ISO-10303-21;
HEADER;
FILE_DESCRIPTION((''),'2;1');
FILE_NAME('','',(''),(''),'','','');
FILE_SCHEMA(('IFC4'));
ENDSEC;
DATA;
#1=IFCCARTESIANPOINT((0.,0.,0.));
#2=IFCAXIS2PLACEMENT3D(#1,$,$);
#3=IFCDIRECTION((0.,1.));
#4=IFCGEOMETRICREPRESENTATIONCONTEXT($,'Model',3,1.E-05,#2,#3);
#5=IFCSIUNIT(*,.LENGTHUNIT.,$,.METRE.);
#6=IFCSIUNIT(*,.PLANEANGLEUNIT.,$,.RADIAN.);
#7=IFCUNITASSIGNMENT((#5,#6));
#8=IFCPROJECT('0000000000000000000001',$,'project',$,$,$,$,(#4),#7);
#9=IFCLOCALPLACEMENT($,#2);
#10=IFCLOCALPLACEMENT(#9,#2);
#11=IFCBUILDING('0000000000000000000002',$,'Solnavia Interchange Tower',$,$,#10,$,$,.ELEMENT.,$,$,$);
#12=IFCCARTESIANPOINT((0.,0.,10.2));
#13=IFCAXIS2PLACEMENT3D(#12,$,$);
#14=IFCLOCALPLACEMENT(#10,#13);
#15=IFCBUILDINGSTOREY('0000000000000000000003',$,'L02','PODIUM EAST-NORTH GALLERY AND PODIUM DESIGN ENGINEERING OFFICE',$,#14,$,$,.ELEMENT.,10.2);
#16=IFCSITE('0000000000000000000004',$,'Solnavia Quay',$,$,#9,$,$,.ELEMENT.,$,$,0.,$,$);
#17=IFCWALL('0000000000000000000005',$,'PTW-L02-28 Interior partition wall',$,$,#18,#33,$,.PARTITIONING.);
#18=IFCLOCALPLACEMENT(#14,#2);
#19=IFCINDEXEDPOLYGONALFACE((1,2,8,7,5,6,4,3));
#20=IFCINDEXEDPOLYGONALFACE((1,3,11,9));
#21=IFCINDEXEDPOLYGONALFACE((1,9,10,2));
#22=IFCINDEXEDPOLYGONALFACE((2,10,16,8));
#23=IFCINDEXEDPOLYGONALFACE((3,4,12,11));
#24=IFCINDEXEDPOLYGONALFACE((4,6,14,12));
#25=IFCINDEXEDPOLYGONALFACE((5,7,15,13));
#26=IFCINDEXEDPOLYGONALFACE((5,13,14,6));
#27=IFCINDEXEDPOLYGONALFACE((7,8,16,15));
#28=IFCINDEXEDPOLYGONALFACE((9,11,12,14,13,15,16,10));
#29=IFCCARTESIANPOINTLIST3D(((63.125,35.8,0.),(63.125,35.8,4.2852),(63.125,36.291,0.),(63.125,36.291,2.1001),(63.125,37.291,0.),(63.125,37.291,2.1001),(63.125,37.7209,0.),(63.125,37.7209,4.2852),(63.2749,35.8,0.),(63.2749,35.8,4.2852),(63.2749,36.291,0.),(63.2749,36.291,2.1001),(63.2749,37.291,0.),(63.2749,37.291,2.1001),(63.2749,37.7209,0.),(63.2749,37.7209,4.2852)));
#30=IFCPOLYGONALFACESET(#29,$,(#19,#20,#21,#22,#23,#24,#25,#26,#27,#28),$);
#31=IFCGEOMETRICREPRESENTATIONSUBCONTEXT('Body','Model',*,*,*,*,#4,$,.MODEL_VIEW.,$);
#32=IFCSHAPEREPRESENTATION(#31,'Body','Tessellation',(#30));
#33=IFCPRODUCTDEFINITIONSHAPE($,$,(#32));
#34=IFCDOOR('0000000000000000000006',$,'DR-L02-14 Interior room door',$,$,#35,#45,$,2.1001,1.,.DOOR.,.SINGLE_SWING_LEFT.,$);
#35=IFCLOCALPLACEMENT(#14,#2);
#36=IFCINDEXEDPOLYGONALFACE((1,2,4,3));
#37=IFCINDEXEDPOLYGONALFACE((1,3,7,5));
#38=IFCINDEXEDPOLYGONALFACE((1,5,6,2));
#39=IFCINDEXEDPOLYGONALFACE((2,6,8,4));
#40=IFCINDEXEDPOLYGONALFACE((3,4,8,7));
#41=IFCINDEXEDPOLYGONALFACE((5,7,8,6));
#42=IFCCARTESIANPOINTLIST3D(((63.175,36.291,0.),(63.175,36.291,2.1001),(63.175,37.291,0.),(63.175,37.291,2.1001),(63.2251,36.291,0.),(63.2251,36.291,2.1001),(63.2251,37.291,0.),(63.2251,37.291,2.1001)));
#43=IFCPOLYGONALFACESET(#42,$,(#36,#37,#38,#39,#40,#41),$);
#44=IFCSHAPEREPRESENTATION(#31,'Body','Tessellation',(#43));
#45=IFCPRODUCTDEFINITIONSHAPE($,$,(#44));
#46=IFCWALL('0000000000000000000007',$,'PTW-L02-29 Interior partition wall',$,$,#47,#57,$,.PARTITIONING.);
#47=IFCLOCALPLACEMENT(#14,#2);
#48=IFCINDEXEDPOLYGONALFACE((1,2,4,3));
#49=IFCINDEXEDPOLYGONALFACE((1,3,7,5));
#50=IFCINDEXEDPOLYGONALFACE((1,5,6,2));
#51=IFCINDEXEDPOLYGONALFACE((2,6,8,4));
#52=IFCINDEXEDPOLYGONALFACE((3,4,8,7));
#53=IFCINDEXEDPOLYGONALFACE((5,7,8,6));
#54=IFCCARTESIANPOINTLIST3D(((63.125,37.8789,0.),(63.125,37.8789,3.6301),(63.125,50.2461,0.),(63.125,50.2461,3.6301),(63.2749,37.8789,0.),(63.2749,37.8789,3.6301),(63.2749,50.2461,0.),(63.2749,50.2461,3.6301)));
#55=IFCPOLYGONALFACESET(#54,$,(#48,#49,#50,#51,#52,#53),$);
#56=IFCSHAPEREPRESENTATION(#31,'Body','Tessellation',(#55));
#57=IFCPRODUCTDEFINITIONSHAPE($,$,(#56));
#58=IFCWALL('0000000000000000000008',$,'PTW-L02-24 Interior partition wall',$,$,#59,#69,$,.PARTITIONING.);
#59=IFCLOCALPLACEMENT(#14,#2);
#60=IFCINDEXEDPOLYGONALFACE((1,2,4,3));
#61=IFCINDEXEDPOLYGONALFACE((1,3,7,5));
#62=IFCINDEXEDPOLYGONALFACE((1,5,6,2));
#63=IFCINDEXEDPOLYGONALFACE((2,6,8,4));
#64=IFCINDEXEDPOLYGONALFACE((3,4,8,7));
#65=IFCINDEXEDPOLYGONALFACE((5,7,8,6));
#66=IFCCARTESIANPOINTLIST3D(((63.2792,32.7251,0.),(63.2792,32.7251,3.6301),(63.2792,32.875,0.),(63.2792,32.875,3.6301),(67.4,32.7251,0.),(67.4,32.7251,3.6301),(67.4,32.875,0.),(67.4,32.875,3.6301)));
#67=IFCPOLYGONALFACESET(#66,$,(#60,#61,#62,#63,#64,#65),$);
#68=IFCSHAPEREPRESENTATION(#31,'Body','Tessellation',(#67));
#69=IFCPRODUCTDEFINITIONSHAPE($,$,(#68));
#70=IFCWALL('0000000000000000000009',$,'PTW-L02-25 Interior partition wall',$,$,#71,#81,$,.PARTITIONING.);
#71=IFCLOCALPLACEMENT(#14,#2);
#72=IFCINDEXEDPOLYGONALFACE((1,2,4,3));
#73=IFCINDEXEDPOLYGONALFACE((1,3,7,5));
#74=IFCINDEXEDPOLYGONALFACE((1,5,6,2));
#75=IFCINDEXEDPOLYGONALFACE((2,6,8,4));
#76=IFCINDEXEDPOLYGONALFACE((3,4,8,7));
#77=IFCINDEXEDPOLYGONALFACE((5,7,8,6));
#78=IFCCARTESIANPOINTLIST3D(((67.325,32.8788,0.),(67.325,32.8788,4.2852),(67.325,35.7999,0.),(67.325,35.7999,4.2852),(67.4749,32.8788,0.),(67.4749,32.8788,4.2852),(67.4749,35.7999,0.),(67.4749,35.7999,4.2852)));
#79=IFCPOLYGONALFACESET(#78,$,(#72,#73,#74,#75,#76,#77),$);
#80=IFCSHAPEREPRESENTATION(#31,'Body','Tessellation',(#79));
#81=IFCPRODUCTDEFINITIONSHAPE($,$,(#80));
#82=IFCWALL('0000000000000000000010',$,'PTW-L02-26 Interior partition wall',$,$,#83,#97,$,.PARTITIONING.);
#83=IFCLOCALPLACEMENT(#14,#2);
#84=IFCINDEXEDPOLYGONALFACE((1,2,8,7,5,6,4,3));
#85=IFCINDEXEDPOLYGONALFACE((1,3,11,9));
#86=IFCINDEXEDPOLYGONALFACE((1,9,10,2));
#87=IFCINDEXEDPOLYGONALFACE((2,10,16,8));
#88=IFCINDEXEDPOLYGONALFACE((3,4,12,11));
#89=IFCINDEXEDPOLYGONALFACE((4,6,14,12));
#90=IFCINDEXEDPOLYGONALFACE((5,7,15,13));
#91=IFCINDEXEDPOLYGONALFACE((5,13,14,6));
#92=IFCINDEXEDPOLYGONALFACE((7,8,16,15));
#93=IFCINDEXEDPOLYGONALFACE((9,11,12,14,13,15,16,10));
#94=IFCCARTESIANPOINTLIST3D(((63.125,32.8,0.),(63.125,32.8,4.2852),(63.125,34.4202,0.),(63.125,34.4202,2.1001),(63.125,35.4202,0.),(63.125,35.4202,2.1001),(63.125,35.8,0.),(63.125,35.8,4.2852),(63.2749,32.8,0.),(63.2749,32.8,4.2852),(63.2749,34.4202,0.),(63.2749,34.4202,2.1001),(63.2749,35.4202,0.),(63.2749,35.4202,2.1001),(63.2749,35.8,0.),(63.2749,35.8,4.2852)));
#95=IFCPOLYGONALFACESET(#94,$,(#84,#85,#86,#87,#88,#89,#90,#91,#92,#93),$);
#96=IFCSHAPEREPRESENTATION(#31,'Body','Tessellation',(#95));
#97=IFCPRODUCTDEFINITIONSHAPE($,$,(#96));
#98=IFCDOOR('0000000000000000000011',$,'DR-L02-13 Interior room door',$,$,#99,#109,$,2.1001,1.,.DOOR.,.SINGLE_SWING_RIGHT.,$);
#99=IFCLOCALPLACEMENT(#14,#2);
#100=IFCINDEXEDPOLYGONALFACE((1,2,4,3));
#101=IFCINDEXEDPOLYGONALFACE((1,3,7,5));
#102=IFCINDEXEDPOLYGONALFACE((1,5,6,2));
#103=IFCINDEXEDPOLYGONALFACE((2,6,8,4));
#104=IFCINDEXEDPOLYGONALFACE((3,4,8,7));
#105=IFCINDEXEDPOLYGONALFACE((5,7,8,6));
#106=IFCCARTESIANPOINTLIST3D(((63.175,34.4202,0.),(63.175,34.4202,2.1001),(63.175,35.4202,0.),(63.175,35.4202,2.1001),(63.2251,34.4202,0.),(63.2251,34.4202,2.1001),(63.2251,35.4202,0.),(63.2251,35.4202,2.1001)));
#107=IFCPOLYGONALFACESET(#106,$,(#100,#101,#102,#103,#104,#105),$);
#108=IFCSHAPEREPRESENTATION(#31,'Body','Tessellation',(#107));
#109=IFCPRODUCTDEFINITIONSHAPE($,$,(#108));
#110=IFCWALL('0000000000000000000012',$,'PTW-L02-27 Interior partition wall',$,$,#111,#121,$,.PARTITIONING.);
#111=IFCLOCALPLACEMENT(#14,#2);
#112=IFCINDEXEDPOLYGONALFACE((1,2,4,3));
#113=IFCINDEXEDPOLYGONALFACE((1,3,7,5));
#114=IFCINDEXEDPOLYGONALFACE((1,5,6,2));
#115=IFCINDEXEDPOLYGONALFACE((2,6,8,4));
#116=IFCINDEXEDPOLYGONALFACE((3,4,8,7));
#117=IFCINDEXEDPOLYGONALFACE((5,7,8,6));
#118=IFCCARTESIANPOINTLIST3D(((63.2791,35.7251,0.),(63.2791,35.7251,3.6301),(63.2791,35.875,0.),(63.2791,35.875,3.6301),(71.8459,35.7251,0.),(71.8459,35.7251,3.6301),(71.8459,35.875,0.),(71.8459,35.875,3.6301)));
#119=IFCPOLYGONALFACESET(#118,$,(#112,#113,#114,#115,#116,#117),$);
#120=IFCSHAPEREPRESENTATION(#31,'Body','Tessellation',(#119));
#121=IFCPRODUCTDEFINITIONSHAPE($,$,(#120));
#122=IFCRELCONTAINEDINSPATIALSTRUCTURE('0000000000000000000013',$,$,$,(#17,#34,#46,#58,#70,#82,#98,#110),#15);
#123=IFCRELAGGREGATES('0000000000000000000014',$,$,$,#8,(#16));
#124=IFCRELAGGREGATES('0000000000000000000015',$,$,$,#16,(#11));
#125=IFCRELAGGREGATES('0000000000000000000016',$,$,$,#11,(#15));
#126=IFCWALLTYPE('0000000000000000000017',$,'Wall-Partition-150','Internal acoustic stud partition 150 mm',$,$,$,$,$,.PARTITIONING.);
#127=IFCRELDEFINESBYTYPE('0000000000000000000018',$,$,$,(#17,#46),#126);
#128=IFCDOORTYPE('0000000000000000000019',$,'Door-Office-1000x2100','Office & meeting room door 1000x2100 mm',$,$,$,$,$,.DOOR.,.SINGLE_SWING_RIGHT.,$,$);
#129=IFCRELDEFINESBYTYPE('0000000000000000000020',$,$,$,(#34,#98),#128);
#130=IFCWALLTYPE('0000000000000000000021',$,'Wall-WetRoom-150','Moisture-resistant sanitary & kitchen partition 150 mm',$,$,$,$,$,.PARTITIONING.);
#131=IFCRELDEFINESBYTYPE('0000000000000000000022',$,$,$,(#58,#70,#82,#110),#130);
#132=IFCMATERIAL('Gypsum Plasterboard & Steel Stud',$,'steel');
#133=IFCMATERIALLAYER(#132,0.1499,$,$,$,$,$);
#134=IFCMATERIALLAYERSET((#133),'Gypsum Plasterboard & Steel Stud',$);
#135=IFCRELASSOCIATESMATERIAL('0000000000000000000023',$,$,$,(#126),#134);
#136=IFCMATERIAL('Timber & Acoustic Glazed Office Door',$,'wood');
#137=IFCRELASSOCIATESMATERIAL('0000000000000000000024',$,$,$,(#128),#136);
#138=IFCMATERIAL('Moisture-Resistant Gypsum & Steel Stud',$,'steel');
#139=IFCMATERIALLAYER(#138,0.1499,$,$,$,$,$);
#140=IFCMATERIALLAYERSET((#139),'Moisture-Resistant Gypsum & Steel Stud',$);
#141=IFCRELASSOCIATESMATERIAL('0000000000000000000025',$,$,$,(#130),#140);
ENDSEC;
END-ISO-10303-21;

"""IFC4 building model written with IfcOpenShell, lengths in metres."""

from ifc_helpers import new_model, si_unit, direction, frame, frame_2d, origin, place, context, subcontext, project, spatial, rectangle, extrude, material, layer, layer_set, type_object, element, fill, save


model = new_model("IFC4")

# Units and contexts
model_context = context("Model", 3, precision=1e-05, world=origin(), true_north=direction((0.0, 1.0)))
body_context = subcontext(model_context, "Body", "Model", "MODEL_VIEW")
ifc_project = project(units=[si_unit("LENGTHUNIT", "METRE"), si_unit("PLANEANGLEUNIT", "RADIAN")], contexts=[model_context])

# Site, building, storey
site_placement = place(None, origin())
site = spatial("IfcSite", under=ifc_project, at=site_placement, Name="Solnavia Quay", CompositionType="ELEMENT", RefElevation=0.0)
building_placement = place(site_placement, origin())
building = spatial("IfcBuilding", under=site, at=building_placement, Name="Solnavia Interchange Tower", CompositionType="ELEMENT")
storey_placement = place(building_placement, frame((0.0, 0.0, 10.2)))
storey = spatial("IfcBuildingStorey", under=building, at=storey_placement, Name="L02", Description="PODIUM EAST-NORTH GALLERY AND PODIUM DESIGN ENGINEERING OFFICE", CompositionType="ELEMENT", Elevation=10.2)

# Wall, opening, door
ifc_material_1 = material(Name="Gypsum Plasterboard & Steel Stud", Category="steel")
ifc_layer_1 = layer(ifc_material_1, 0.1499)
ifc_layer_set_1 = layer_set([ifc_layer_1], Name="Gypsum Plasterboard & Steel Stud")
wall_type_1 = type_object("IfcWallType", Name="Wall-Partition-150", Description="Internal acoustic stud partition 150 mm", PredefinedType="PARTITIONING", material=ifc_layer_set_1)
wall_1_placement = place(storey_placement, frame((63.2, 35.8, 0.0), z_axis=(0.0, 0.0, 1.0), x_axis=(0.0, 1.0, 0.0)))
wall_1 = element("IfcWall", 1, at=wall_1_placement, inside=storey, type_object=wall_type_1, Name="PTW-L02-28 Interior partition wall", PredefinedType="PARTITIONING", context=body_context, shape_type="SweptSolid", body=[
    extrude(rectangle(XDim=1.9209, YDim=0.1499, at=frame_2d((0.9604, 0.0))), origin(), (0.0, 0.0, 1.0), 4.2852),
])
opening_1_placement = place(wall_1_placement, frame((0.491, 0.0, 0.0)))
opening_1 = element("IfcOpeningElement", 2, at=opening_1_placement, cuts=wall_1, PredefinedType="OPENING", context=body_context, shape_type="SweptSolid", body=[
    extrude(rectangle(XDim=1.0, YDim=2.1001, at=frame_2d((0.5, 1.05))), frame((0.0, 0.085, 0.0), z_axis=(0.0, -1.0, 0.0), x_axis=(1.0, 0.0, 0.0)), (0.0, 0.0, 1.0), 0.1699),
])
ifc_material_2 = material(Name="Timber & Acoustic Glazed Office Door", Category="wood")
door_type = type_object("IfcDoorType", Name="Door-Office-1000x2100", Description="Office & meeting room door 1000x2100 mm", OperationType="SINGLE_SWING_RIGHT", PredefinedType="DOOR", material=ifc_material_2)
door_1_placement = place(opening_1_placement, origin())
door_1 = element("IfcDoor", 3, at=door_1_placement, inside=storey, type_object=door_type, Name="DR-L02-14 Interior room door", OperationType="SINGLE_SWING_LEFT", OverallHeight=2.1001, OverallWidth=1.0, PredefinedType="DOOR", context=body_context, shape_type="SweptSolid", body=[
    extrude(rectangle(XDim=1.0, YDim=2.1001, at=frame_2d((0.5, 1.05))), frame((0.0, 0.0249, 0.0), z_axis=(0.0, -1.0, 0.0), x_axis=(1.0, 0.0, 0.0)), (0.0, 0.0, 1.0), 0.05),
])
fill(opening_1, door_1)

# Walls
wall_2_placement = place(storey_placement, frame((63.2, 37.8789, 0.0), z_axis=(0.0, 0.0, 1.0), x_axis=(0.0, 1.0, 0.0)))
element("IfcWall", 4, at=wall_2_placement, inside=storey, type_object=wall_type_1, Name="PTW-L02-29 Interior partition wall", PredefinedType="PARTITIONING", context=body_context, shape_type="SweptSolid", body=[
    extrude(rectangle(XDim=12.3672, YDim=0.1499, at=frame_2d((6.1836, 0.0))), origin(), (0.0, 0.0, 1.0), 3.6301),
])
ifc_material_3 = material(Name="Moisture-Resistant Gypsum & Steel Stud", Category="steel")
ifc_layer_2 = layer(ifc_material_3, 0.1499)
ifc_layer_set_2 = layer_set([ifc_layer_2], Name="Moisture-Resistant Gypsum & Steel Stud")
wall_type_2 = type_object("IfcWallType", Name="Wall-WetRoom-150", Description="Moisture-resistant sanitary & kitchen partition 150 mm", PredefinedType="PARTITIONING", material=ifc_layer_set_2)
wall_3_placement = place(storey_placement, frame((63.2791, 32.8, 0.0), z_axis=(0.0, 0.0, 1.0), x_axis=(1.0, 0.0, 0.0)))
element("IfcWall", 5, at=wall_3_placement, inside=storey, type_object=wall_type_2, Name="PTW-L02-24 Interior partition wall", PredefinedType="PARTITIONING", context=body_context, shape_type="SweptSolid", body=[
    extrude(rectangle(XDim=4.1208, YDim=0.1499, at=frame_2d((2.0605, 0.0))), origin(), (0.0, 0.0, 1.0), 3.6301),
])
wall_4_placement = place(storey_placement, frame((67.3999, 32.8789, 0.0), z_axis=(0.0, 0.0, 1.0), x_axis=(0.0, 1.0, 0.0)))
element("IfcWall", 6, at=wall_4_placement, inside=storey, type_object=wall_type_2, Name="PTW-L02-25 Interior partition wall", PredefinedType="PARTITIONING", context=body_context, shape_type="SweptSolid", body=[
    extrude(rectangle(XDim=2.9211, YDim=0.1499, at=frame_2d((1.4604, 0.0))), origin(), (0.0, 0.0, 1.0), 4.2852),
])

# Wall, opening, door
wall_5_placement = place(storey_placement, frame((63.2, 32.8, 0.0), z_axis=(0.0, 0.0, 1.0), x_axis=(0.0, 1.0, 0.0)))
wall_5 = element("IfcWall", 7, at=wall_5_placement, inside=storey, type_object=wall_type_2, Name="PTW-L02-26 Interior partition wall", PredefinedType="PARTITIONING", context=body_context, shape_type="SweptSolid", body=[
    extrude(rectangle(XDim=3.0, YDim=0.1499, at=frame_2d((1.5, 0.0))), origin(), (0.0, 0.0, 1.0), 4.2852),
])
opening_2_placement = place(wall_5_placement, frame((1.6201, 0.0, 0.0)))
opening_2 = element("IfcOpeningElement", 8, at=opening_2_placement, cuts=wall_5, PredefinedType="OPENING", context=body_context, shape_type="SweptSolid", body=[
    extrude(rectangle(XDim=1.0, YDim=2.1001, at=frame_2d((0.5, 1.05))), frame((0.0, 0.085, 0.0), z_axis=(0.0, -1.0, 0.0), x_axis=(1.0, 0.0, 0.0)), (0.0, 0.0, 1.0), 0.1699),
])
door_2_placement = place(opening_2_placement, origin())
door_2 = element("IfcDoor", 9, at=door_2_placement, inside=storey, type_object=door_type, Name="DR-L02-13 Interior room door", OperationType="SINGLE_SWING_RIGHT", OverallHeight=2.1001, OverallWidth=1.0, PredefinedType="DOOR", context=body_context, shape_type="SweptSolid", body=[
    extrude(rectangle(XDim=1.0, YDim=2.1001, at=frame_2d((0.5, 1.05))), frame((0.0, 0.0249, 0.0), z_axis=(0.0, -1.0, 0.0), x_axis=(1.0, 0.0, 0.0)), (0.0, 0.0, 1.0), 0.05),
])
fill(opening_2, door_2)

# Wall
wall_6_placement = place(storey_placement, frame((63.2791, 35.8, 0.0), z_axis=(0.0, 0.0, 1.0), x_axis=(1.0, 0.0, 0.0)))
element("IfcWall", 10, at=wall_6_placement, inside=storey, type_object=wall_type_2, Name="PTW-L02-27 Interior partition wall", PredefinedType="PARTITIONING", context=body_context, shape_type="SweptSolid", body=[
    extrude(rectangle(XDim=8.5669, YDim=0.1499, at=frame_2d((4.2834, 0.0))), origin(), (0.0, 0.0, 1.0), 3.6301),
])

save(model, "model.ifc")
